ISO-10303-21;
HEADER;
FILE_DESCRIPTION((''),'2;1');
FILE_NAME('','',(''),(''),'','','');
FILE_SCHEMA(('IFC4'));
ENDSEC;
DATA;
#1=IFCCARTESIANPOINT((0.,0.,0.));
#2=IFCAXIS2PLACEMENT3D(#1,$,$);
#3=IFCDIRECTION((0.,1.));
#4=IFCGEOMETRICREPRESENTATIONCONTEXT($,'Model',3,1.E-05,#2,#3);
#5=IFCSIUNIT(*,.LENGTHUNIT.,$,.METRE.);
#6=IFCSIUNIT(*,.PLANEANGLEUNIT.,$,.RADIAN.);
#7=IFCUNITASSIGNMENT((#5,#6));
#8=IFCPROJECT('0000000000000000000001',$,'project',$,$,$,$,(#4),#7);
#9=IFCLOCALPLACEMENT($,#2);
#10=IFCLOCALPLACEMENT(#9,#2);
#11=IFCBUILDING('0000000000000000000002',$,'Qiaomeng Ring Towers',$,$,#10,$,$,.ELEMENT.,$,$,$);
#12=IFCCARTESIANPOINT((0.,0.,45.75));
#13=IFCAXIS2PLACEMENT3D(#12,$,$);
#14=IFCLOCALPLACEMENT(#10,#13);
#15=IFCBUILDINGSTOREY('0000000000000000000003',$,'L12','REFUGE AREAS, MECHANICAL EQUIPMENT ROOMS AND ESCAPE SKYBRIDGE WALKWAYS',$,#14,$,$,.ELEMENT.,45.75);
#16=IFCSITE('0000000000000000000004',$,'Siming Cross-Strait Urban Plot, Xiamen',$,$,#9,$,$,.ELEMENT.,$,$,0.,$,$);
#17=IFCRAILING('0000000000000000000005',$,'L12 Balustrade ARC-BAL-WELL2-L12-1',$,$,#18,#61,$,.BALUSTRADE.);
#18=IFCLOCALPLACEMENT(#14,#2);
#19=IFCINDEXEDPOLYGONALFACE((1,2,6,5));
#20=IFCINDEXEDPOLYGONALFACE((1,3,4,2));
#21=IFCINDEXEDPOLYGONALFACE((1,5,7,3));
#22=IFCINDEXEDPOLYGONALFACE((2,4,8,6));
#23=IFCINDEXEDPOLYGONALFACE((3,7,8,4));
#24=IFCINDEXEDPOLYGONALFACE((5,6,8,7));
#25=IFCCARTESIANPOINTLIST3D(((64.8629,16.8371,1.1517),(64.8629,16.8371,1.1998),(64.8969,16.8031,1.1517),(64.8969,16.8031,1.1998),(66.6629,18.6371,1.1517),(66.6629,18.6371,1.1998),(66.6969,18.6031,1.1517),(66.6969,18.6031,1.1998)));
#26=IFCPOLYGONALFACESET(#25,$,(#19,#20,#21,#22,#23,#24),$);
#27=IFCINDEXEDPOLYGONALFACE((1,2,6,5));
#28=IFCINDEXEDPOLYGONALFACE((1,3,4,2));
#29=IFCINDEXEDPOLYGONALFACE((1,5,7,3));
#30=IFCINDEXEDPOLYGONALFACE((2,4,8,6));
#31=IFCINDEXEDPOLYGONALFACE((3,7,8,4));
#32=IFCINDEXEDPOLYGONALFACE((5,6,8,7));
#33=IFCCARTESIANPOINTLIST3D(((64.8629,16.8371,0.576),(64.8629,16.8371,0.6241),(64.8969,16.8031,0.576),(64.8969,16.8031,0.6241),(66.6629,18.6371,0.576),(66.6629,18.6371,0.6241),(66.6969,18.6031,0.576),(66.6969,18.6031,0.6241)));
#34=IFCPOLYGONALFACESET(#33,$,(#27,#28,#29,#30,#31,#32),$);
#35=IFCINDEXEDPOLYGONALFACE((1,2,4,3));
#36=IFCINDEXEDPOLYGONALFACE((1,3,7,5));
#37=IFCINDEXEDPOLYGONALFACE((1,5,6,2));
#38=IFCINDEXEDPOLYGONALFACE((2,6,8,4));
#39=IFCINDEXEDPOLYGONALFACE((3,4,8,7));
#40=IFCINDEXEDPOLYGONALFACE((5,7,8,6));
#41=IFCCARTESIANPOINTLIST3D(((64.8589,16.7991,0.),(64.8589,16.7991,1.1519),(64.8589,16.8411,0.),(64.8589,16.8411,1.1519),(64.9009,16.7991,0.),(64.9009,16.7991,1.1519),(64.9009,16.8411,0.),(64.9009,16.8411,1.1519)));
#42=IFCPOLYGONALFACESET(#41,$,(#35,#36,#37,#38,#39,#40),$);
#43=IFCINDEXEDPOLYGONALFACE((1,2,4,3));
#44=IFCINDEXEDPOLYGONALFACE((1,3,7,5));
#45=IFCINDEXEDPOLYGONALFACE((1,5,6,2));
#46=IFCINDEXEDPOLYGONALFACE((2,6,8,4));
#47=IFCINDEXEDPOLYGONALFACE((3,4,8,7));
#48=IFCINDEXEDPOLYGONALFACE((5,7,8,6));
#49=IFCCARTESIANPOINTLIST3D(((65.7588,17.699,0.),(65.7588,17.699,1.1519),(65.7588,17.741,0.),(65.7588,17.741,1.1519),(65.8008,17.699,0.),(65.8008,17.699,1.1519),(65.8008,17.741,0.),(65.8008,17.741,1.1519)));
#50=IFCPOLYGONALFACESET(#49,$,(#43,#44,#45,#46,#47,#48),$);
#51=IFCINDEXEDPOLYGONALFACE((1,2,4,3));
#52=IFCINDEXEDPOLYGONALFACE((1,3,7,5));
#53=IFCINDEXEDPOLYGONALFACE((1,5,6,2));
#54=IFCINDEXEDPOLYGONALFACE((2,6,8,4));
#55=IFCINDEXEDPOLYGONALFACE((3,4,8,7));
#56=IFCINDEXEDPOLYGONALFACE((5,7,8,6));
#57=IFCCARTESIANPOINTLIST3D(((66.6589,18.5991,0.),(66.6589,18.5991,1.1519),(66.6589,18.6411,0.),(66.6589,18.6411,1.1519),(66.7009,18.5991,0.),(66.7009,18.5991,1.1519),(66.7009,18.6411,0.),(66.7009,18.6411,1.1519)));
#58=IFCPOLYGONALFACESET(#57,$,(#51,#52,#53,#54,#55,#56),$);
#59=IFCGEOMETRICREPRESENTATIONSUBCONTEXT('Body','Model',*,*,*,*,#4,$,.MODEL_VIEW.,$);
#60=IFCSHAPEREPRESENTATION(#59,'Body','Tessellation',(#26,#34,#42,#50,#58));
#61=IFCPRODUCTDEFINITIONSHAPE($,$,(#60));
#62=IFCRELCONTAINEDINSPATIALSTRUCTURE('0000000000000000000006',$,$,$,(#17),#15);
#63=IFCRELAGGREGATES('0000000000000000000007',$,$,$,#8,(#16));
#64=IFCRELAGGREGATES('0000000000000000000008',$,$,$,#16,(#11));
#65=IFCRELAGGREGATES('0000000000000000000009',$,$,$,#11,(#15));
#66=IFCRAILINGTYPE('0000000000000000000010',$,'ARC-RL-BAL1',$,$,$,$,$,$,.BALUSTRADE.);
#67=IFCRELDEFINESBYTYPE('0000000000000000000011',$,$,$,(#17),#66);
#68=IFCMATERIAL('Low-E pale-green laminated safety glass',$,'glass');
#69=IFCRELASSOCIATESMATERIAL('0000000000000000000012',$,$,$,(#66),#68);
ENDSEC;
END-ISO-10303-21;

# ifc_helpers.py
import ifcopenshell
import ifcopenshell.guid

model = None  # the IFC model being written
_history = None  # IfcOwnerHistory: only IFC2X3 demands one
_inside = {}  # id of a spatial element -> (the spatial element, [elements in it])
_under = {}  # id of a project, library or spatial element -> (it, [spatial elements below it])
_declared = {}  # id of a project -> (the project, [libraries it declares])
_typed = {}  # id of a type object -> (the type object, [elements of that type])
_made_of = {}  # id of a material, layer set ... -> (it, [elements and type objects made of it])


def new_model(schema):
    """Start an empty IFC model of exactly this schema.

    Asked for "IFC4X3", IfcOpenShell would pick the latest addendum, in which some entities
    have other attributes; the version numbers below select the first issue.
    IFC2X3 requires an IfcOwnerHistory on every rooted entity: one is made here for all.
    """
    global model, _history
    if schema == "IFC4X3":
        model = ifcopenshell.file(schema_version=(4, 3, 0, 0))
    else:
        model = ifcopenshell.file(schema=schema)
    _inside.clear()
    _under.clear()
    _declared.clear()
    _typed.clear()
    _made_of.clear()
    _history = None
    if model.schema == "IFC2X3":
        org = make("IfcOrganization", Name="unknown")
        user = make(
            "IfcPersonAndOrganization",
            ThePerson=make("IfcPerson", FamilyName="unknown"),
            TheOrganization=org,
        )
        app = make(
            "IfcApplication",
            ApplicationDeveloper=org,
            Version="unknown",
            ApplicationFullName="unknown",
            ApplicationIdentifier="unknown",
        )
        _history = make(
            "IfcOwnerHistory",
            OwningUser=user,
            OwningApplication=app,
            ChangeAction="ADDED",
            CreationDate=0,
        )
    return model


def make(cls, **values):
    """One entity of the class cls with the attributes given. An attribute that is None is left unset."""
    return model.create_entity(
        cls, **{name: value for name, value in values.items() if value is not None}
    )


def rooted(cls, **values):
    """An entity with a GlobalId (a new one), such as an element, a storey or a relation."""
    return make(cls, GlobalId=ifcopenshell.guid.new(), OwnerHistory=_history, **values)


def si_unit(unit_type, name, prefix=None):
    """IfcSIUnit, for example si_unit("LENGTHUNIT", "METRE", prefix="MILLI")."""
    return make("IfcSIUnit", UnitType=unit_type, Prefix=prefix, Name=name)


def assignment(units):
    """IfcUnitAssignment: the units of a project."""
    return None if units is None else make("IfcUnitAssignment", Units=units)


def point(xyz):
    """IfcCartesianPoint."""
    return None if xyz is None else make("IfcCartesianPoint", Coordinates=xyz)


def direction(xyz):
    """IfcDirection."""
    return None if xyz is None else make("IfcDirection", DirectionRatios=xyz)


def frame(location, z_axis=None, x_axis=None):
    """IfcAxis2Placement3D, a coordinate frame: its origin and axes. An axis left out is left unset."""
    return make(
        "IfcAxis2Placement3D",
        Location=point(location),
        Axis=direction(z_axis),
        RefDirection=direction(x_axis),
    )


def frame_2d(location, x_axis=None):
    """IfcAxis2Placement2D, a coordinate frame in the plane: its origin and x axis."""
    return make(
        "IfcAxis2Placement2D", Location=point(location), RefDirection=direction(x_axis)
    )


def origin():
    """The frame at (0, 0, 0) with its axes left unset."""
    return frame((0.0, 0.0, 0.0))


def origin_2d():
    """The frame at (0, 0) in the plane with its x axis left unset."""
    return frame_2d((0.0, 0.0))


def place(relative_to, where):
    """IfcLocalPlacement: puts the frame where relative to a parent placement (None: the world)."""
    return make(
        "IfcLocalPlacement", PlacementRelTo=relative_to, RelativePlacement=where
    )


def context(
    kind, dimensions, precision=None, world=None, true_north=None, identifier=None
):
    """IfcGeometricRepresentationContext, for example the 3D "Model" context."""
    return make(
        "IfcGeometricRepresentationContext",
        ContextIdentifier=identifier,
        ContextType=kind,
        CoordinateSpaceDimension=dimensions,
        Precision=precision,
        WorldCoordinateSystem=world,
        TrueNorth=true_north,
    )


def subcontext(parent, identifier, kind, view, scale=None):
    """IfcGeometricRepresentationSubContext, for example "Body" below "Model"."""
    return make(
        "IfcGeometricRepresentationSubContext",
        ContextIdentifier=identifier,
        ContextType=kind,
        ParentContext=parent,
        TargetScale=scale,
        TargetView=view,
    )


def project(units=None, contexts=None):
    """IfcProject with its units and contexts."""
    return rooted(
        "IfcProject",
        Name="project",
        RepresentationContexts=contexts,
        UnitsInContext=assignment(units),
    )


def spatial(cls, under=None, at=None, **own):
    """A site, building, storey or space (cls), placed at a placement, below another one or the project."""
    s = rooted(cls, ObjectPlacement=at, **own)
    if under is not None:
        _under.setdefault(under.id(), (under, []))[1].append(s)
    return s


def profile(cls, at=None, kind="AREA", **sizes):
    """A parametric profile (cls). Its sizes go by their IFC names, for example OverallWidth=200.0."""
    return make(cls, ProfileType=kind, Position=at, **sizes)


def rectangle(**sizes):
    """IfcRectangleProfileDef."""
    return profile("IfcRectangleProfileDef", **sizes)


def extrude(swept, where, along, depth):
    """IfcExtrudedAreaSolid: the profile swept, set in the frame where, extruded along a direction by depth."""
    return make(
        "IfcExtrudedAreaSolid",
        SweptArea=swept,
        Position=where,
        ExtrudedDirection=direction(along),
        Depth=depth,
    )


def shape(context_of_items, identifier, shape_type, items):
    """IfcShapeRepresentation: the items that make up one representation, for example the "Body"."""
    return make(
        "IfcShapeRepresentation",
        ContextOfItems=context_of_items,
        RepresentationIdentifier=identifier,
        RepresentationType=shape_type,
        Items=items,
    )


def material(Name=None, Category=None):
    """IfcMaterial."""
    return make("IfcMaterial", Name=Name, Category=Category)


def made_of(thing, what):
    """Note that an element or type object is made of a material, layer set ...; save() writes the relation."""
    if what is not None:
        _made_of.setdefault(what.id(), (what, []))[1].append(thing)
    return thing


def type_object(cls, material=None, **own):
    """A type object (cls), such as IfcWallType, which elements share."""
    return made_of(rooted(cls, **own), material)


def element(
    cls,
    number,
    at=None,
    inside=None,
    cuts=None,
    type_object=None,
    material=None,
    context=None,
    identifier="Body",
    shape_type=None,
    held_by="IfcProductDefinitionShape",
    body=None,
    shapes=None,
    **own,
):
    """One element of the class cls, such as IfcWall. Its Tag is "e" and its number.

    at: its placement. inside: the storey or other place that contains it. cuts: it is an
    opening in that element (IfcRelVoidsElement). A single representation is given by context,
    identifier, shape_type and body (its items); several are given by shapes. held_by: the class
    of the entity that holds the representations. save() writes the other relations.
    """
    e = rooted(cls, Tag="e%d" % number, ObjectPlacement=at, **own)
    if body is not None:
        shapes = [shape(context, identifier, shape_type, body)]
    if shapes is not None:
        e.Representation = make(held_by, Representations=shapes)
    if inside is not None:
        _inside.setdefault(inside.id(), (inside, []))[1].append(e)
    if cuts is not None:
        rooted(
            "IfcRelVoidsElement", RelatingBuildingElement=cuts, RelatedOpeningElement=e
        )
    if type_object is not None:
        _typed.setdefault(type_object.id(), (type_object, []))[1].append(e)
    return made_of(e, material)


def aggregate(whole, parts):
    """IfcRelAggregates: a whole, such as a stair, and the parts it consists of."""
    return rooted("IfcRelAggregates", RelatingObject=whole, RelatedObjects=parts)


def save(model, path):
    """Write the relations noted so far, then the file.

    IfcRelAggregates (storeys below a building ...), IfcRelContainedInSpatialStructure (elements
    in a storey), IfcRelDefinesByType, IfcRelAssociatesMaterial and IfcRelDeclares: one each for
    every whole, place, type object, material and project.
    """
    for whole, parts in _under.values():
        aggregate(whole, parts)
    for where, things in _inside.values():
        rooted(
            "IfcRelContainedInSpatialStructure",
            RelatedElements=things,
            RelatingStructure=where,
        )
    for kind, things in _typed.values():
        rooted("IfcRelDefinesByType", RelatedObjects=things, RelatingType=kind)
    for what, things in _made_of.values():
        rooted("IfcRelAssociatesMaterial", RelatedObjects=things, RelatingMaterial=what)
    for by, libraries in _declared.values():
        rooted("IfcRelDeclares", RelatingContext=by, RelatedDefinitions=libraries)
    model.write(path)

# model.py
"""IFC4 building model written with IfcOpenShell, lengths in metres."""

from ifc_helpers import new_model, si_unit, direction, frame, origin, origin_2d, place, context, subcontext, project, spatial, rectangle, extrude, material, type_object, element, save


model = new_model("IFC4")

# Units and contexts
model_context = context("Model", 3, precision=1e-05, world=origin(), true_north=direction((0.0, 1.0)))
body_context = subcontext(model_context, "Body", "Model", "MODEL_VIEW")
ifc_project = project(units=[si_unit("LENGTHUNIT", "METRE"), si_unit("PLANEANGLEUNIT", "RADIAN")], contexts=[model_context])

# Site, building, storey
site_placement = place(None, origin())
site = spatial("IfcSite", under=ifc_project, at=site_placement, Name="Siming Cross-Strait Urban Plot, Xiamen", CompositionType="ELEMENT", RefElevation=0.0)
building_placement = place(site_placement, origin())
building = spatial("IfcBuilding", under=site, at=building_placement, Name="Qiaomeng Ring Towers", CompositionType="ELEMENT")
storey_placement = place(building_placement, frame((0.0, 0.0, 45.75)))
storey = spatial("IfcBuildingStorey", under=building, at=storey_placement, Name="L12", Description="REFUGE AREAS, MECHANICAL EQUIPMENT ROOMS AND ESCAPE SKYBRIDGE WALKWAYS", CompositionType="ELEMENT", Elevation=45.75)

# Railing
ifc_material_1 = material(Name="Low-E pale-green laminated safety glass", Category="glass")
railing_type = type_object("IfcRailingType", Name="ARC-RL-BAL1", PredefinedType="BALUSTRADE", material=ifc_material_1)
railing_placement = place(storey_placement, frame((64.8799, 16.8201, 0.0)))
element("IfcRailing", 1, at=railing_placement, inside=storey, type_object=railing_type, Name="L12 Balustrade ARC-BAL-WELL2-L12-1", PredefinedType="BALUSTRADE", context=body_context, shape_type="SweptSolid", body=[
    extrude(rectangle(XDim=0.0481, YDim=0.0481, at=origin_2d()), frame((0.0, 0.0, 1.1758), z_axis=(0.707107, 0.707107, 0.0), x_axis=(-0.707107, 0.707107, 0.0)), (0.0, 0.0, 1.0), 2.5457),
    extrude(rectangle(XDim=0.0481, YDim=0.0481, at=origin_2d()), frame((0.0, 0.0, 0.6001), z_axis=(0.707107, 0.707107, 0.0), x_axis=(-0.707107, 0.707107, 0.0)), (0.0, 0.0, 1.0), 2.5457),
    extrude(rectangle(XDim=0.042, YDim=0.042, at=origin_2d()), origin(), (0.0, 0.0, 1.0), 1.1519),
    extrude(rectangle(XDim=0.042, YDim=0.042, at=origin_2d()), frame((0.8999, 0.8999, 0.0)), (0.0, 0.0, 1.0), 1.1519),
    extrude(rectangle(XDim=0.042, YDim=0.042, at=origin_2d()), frame((1.8, 1.8, 0.0)), (0.0, 0.0, 1.0), 1.1519),
])

save(model, "model.ifc")
